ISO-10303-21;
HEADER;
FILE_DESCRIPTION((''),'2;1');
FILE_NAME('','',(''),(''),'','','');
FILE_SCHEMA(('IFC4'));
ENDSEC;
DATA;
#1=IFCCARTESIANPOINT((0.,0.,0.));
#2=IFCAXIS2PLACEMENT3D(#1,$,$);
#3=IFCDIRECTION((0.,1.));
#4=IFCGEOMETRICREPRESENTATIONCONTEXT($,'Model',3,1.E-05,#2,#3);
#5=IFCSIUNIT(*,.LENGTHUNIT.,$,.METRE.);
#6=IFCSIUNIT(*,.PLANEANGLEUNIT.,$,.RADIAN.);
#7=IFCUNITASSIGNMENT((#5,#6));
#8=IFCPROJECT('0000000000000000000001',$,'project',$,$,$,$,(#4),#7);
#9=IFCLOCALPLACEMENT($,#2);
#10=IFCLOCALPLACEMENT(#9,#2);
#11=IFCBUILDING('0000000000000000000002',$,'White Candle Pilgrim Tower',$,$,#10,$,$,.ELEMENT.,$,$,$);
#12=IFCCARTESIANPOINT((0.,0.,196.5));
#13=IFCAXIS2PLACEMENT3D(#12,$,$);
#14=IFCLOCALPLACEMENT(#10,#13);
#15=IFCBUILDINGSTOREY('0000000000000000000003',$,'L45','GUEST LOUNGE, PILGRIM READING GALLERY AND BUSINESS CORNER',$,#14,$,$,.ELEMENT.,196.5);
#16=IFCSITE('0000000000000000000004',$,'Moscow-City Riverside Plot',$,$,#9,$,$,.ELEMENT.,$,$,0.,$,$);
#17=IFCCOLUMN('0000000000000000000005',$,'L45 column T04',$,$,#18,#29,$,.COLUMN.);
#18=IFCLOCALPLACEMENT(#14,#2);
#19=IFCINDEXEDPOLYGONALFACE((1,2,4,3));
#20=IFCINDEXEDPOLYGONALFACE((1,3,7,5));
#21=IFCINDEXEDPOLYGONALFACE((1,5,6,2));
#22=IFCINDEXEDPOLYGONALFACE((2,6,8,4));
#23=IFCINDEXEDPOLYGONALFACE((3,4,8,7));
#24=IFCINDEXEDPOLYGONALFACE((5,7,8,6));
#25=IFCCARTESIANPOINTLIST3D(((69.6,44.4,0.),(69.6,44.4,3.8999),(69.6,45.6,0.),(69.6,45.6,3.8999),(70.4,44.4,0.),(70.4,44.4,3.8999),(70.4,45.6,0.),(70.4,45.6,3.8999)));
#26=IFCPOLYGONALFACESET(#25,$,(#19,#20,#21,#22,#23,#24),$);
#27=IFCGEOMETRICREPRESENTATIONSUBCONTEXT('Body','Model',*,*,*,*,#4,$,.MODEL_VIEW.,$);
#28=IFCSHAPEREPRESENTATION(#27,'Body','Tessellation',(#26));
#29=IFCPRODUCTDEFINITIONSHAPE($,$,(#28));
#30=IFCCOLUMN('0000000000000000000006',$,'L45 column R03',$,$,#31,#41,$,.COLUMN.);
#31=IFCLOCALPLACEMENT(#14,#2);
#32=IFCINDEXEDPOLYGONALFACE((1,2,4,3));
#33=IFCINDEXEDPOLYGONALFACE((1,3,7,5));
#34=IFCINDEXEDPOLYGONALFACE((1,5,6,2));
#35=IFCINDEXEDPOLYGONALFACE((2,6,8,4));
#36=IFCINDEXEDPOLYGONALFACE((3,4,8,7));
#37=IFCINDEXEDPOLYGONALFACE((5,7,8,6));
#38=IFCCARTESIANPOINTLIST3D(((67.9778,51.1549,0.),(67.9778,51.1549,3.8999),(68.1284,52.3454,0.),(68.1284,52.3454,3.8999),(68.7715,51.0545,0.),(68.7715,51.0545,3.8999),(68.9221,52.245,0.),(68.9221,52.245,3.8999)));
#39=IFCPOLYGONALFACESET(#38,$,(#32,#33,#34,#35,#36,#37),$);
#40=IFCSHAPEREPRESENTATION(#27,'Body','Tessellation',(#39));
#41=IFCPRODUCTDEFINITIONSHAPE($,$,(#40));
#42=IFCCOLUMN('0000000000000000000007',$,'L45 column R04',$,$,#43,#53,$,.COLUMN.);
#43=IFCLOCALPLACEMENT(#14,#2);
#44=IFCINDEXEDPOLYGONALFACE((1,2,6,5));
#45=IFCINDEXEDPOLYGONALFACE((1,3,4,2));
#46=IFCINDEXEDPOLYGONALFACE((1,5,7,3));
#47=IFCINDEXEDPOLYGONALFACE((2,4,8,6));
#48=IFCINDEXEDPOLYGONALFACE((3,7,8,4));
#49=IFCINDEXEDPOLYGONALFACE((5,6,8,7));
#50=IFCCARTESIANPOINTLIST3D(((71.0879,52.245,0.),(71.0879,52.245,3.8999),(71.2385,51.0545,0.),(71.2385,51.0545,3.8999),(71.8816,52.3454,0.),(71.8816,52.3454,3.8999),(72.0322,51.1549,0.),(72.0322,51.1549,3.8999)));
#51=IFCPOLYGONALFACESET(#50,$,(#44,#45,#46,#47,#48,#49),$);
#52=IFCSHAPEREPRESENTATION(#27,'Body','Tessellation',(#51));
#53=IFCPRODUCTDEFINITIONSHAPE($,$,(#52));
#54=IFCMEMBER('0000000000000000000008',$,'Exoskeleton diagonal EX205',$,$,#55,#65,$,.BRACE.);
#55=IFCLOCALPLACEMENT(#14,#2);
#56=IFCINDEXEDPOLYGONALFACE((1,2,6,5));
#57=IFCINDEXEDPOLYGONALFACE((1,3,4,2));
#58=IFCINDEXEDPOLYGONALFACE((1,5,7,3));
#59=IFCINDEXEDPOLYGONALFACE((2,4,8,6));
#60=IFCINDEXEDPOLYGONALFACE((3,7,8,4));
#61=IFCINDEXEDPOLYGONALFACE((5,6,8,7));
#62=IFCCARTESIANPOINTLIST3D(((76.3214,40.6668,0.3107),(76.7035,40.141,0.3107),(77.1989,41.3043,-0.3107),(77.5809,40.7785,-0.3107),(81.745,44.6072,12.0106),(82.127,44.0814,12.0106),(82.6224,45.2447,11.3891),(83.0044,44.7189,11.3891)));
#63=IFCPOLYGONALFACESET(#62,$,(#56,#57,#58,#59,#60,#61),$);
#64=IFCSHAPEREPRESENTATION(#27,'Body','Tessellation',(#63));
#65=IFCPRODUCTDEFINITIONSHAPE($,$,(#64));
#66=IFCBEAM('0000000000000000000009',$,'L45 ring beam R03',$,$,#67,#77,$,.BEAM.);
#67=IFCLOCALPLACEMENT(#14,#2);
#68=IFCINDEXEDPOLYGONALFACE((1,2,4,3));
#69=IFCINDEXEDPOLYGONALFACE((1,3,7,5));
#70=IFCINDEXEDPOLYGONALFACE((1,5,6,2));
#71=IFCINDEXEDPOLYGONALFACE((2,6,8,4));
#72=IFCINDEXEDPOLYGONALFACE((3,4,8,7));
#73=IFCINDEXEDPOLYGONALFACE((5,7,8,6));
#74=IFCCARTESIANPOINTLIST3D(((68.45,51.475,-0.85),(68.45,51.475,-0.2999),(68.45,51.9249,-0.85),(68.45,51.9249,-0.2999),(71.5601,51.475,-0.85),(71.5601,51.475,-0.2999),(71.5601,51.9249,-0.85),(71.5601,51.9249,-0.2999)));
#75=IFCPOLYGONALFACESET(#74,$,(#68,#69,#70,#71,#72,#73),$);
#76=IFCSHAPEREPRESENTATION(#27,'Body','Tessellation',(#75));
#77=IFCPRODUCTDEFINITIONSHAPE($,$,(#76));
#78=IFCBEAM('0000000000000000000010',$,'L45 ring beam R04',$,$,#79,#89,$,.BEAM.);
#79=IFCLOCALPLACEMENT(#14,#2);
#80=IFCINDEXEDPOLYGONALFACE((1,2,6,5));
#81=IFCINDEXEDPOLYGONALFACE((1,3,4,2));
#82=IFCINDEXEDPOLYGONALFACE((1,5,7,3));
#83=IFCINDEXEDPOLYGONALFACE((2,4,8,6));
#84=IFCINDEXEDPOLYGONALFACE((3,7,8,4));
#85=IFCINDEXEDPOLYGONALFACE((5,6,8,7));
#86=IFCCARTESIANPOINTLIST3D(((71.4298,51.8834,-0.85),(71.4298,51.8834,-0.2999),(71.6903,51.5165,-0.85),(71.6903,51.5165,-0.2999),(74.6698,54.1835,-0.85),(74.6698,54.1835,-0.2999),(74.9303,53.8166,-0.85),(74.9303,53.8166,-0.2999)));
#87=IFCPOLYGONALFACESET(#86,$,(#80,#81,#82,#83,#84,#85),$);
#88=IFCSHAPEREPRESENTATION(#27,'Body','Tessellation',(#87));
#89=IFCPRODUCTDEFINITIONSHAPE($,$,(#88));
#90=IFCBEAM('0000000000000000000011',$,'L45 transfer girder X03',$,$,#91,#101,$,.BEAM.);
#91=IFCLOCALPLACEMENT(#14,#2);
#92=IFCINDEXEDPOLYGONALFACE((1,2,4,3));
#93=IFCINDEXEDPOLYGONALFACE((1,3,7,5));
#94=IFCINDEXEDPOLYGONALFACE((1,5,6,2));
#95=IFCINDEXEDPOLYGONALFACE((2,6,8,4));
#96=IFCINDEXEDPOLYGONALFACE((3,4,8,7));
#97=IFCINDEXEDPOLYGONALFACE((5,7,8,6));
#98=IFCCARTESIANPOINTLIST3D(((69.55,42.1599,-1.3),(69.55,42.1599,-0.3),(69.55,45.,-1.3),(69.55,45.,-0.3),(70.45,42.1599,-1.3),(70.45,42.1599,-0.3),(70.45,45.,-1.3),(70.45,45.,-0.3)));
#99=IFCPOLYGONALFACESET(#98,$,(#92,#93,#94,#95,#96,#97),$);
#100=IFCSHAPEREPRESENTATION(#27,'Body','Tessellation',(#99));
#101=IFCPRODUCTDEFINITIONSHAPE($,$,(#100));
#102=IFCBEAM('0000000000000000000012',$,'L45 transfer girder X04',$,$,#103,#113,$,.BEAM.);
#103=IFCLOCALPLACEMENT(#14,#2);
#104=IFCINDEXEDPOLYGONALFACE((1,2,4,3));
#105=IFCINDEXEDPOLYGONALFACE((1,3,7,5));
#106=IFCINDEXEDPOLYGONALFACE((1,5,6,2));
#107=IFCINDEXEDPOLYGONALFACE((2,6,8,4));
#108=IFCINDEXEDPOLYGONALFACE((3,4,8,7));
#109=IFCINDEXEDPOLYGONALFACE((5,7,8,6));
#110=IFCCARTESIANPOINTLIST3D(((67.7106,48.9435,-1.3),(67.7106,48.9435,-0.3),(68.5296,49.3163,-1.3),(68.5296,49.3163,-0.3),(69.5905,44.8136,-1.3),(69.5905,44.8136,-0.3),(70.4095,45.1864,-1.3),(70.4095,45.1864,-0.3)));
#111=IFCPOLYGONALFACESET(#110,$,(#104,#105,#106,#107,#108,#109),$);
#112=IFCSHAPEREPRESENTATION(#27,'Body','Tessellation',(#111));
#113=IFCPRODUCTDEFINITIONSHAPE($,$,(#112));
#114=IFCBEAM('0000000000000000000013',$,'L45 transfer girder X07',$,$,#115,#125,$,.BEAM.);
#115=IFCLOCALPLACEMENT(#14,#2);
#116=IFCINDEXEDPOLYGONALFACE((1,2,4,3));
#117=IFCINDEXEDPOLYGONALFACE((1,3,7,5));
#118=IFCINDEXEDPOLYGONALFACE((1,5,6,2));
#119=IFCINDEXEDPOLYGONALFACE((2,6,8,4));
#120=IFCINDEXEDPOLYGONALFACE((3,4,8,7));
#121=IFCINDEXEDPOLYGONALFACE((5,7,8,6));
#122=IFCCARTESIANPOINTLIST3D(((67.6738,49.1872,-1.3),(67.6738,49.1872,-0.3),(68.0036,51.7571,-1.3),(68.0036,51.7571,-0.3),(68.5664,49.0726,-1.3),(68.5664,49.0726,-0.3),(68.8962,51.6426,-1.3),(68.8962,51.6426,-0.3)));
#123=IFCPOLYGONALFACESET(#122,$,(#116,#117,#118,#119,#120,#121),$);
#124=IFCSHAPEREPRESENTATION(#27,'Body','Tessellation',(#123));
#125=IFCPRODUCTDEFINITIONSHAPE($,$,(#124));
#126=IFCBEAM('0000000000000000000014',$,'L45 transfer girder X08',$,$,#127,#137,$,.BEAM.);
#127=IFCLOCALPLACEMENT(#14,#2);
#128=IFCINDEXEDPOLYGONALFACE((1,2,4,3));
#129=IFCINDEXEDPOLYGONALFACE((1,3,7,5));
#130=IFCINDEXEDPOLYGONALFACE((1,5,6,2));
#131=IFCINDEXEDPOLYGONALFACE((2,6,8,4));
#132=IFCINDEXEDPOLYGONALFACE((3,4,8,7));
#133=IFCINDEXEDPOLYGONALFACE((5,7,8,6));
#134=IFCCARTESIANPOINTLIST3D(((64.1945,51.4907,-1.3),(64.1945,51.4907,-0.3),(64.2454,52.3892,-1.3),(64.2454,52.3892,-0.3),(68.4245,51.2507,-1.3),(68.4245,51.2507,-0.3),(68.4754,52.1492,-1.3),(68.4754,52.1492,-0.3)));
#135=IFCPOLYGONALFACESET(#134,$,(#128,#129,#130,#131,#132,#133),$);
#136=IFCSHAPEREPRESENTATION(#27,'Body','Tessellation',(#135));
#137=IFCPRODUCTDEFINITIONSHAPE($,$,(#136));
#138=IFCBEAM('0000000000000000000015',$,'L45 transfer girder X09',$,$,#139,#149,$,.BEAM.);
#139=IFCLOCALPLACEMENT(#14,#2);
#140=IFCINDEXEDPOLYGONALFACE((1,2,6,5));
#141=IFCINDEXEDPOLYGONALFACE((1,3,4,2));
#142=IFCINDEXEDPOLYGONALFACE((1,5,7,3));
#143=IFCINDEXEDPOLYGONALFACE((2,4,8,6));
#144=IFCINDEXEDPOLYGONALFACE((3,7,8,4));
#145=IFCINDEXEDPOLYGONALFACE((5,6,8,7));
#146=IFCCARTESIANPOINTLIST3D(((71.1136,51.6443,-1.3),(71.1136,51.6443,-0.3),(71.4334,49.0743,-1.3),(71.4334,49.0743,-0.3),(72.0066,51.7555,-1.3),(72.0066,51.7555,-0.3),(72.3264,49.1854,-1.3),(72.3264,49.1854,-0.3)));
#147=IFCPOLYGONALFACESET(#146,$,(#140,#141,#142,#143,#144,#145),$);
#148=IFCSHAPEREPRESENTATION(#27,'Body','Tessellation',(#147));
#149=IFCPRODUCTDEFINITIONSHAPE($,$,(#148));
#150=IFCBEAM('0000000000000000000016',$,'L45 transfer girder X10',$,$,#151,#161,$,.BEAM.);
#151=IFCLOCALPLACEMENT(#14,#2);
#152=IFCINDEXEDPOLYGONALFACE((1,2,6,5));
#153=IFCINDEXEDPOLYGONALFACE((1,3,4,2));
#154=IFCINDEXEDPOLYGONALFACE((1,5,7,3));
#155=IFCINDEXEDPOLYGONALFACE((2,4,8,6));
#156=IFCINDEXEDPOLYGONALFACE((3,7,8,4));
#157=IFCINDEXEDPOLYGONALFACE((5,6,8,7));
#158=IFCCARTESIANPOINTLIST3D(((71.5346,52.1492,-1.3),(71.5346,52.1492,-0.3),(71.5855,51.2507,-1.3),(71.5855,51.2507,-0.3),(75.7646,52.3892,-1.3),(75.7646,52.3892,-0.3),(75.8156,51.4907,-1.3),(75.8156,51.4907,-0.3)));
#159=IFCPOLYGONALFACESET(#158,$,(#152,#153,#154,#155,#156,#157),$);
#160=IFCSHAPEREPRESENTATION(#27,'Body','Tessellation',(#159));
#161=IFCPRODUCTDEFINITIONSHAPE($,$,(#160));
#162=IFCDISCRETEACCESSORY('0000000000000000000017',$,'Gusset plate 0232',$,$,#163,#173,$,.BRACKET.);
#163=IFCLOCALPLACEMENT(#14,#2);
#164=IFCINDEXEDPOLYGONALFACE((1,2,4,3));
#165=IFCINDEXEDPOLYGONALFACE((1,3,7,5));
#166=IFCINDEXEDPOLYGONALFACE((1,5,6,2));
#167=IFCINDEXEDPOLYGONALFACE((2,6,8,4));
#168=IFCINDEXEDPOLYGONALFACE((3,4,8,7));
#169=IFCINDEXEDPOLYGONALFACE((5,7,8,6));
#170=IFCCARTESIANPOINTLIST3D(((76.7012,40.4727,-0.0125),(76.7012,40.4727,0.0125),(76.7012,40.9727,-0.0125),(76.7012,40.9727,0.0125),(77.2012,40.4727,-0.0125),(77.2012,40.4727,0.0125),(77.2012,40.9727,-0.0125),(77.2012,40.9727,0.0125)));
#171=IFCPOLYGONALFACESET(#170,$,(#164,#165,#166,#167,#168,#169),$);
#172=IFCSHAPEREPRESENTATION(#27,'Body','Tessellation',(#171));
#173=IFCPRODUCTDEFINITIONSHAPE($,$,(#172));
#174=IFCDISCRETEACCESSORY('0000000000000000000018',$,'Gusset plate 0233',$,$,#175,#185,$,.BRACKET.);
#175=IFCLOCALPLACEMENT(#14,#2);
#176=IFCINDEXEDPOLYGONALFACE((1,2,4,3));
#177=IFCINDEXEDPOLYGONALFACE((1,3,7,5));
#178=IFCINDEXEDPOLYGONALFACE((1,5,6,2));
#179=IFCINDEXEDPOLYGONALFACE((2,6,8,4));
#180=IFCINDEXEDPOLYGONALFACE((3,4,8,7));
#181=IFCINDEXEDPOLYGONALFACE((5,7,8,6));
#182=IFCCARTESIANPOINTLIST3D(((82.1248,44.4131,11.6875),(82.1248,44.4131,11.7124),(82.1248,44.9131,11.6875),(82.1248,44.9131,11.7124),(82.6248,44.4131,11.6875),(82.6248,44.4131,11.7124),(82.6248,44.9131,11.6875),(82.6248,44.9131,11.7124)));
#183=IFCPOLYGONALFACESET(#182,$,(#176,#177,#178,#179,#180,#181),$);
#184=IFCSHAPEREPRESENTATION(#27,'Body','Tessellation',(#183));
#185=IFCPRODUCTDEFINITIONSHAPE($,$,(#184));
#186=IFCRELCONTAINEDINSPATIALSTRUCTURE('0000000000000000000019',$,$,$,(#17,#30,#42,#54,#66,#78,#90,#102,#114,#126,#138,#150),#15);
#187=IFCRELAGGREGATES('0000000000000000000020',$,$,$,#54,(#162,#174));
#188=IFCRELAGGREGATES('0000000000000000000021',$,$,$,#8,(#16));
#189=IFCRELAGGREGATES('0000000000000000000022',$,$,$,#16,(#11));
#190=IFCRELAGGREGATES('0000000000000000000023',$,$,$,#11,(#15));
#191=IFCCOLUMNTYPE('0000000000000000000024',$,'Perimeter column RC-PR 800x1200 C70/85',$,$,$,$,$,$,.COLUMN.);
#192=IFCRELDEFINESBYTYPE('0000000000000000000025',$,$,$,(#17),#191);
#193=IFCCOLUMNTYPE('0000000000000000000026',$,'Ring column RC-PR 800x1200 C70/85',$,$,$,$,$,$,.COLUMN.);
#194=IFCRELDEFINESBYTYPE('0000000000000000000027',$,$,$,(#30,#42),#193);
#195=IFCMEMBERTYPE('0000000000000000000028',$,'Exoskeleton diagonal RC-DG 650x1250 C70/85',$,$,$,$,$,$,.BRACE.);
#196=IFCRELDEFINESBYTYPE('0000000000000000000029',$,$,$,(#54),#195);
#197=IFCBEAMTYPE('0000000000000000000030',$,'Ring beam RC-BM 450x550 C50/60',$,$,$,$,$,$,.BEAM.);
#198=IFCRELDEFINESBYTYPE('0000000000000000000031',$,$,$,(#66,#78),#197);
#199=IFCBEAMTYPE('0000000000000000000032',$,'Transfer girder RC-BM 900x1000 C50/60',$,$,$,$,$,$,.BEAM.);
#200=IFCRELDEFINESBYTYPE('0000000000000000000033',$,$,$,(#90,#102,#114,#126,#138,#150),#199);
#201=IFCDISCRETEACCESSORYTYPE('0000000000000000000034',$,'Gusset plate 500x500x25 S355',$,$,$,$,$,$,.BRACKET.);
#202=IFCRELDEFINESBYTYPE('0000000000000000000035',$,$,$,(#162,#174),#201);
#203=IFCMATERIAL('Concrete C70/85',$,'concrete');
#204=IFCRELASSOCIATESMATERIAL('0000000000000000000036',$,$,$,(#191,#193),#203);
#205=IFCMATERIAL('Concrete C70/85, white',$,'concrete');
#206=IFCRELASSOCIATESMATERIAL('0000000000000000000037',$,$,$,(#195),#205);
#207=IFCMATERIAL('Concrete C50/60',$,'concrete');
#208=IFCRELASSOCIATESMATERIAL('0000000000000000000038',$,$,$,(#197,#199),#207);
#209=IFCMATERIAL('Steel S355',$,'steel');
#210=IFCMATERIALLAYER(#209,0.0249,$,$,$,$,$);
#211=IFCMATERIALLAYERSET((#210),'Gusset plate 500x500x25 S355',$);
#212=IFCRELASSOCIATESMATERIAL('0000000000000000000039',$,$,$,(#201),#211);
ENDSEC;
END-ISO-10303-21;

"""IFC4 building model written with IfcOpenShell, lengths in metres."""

from ifc_helpers import new_model, si_unit, direction, frame, origin, origin_2d, place, context, subcontext, project, spatial, rectangle, extrude, material, layer, layer_set, material_profile, profile_set, type_object, element, aggregate, save


model = new_model("IFC4")

# Units and contexts
model_context = context("Model", 3, precision=1e-05, world=origin(), true_north=direction((0.0, 1.0)))
body_context = subcontext(model_context, "Body", "Model", "MODEL_VIEW")
ifc_project = project(units=[si_unit("LENGTHUNIT", "METRE"), si_unit("PLANEANGLEUNIT", "RADIAN")], contexts=[model_context])

# Site, building, storey
site_placement = place(None, origin())
site = spatial("IfcSite", under=ifc_project, at=site_placement, Name="Moscow-City Riverside Plot", CompositionType="ELEMENT", RefElevation=0.0)
building_placement = place(site_placement, origin())
building = spatial("IfcBuilding", under=site, at=building_placement, Name="White Candle Pilgrim Tower", CompositionType="ELEMENT")
storey_placement = place(building_placement, frame((0.0, 0.0, 196.5)))
storey = spatial("IfcBuildingStorey", under=building, at=storey_placement, Name="L45", Description="GUEST LOUNGE, PILGRIM READING GALLERY AND BUSINESS CORNER", CompositionType="ELEMENT", Elevation=196.5)

# Columns
ifc_material_1 = material(Name="Concrete C70/85", Category="concrete")
ifc_material_profile_1 = material_profile(ifc_material_1, rectangle(XDim=0.8, YDim=1.2, at=origin_2d()), Name="RC-PR 800x1200")
ifc_profile_set_1 = profile_set([ifc_material_profile_1], Name="Concrete C70/85")
column_type_1 = type_object("IfcColumnType", Name="Perimeter column RC-PR 800x1200 C70/85", PredefinedType="COLUMN", material=ifc_profile_set_1)
column_placement = place(storey_placement, frame((70.0, 45.0, 0.0), z_axis=(0.0, 0.0, 1.0), x_axis=(-1.0, 0.0, 0.0)))
element("IfcColumn", 1, at=column_placement, inside=storey, type_object=column_type_1, Name="L45 column T04", PredefinedType="COLUMN", context=body_context, shape_type="SweptSolid", body=[
    extrude(rectangle(XDim=0.8, YDim=1.2, at=origin_2d()), origin(), (0.0, 0.0, 1.0), 3.8999),
])
ifc_material_profile_2 = material_profile(ifc_material_1, rectangle(XDim=0.8, YDim=1.2, at=origin_2d()), Name="RC-PR 800x1200")
ifc_profile_set_2 = profile_set([ifc_material_profile_2], Name="Concrete C70/85")
column_type_2 = type_object("IfcColumnType", Name="Ring column RC-PR 800x1200 C70/85", PredefinedType="COLUMN", material=ifc_profile_set_2)
for number, where, z_axis, x_axis, name in (
    (2, (68.45, 51.7, 0.0), (0.0, 0.0, 1.0), (-0.992093, 0.125506, 0.0), "L45 column R03"),
    (3, (71.5601, 51.7, 0.0), (0.0, 0.0, 1.0), (-0.992093, -0.125506, 0.0), "L45 column R04"),
):
    element("IfcColumn", number, at=place(storey_placement, frame(where, z_axis=z_axis, x_axis=x_axis)), inside=storey, type_object=column_type_2, Name=name, PredefinedType="COLUMN", context=body_context, shape_type="SweptSolid", body=[
        extrude(rectangle(XDim=0.8, YDim=1.2, at=origin_2d()), origin(), (0.0, 0.0, 1.0), 3.8999),
    ])

# Member
ifc_material_2 = material(Name="Concrete C70/85, white", Category="concrete")
ifc_material_profile_3 = material_profile(ifc_material_2, rectangle(XDim=0.6499, YDim=1.25, at=origin_2d()), Name="RC-DG 650x1250")
ifc_profile_set_3 = profile_set([ifc_material_profile_3], Name="Concrete C70/85, white")
member_type = type_object("IfcMemberType", Name="Exoskeleton diagonal RC-DG 650x1250 C70/85", PredefinedType="BRACE", material=ifc_profile_set_3)
member_placement = place(storey_placement, frame((76.9512, 40.7227, 0.0), z_axis=(0.402209, 0.29222, 0.867661), x_axis=(-0.587782, 0.809019, 0.0)))
member = element("IfcMember", 4, at=member_placement, inside=storey, type_object=member_type, Name="Exoskeleton diagonal EX205", PredefinedType="BRACE", context=body_context, shape_type="SweptSolid", body=[
    extrude(rectangle(XDim=0.6499, YDim=1.25, at=origin_2d()), origin(), (0.0, 0.0, 1.0), 13.4844),
])

# Beams
ifc_material_3 = material(Name="Concrete C50/60", Category="concrete")
ifc_material_profile_4 = material_profile(ifc_material_3, rectangle(XDim=0.45, YDim=0.55, at=origin_2d()), Name="RC-BM 450x550")
ifc_profile_set_4 = profile_set([ifc_material_profile_4], Name="Concrete C50/60")
beam_type_1 = type_object("IfcBeamType", Name="Ring beam RC-BM 450x550 C50/60", PredefinedType="BEAM", material=ifc_profile_set_4)
beam_1_placement = place(storey_placement, frame((68.45, 51.7, -0.575), z_axis=(1.0, 0.0, 0.0), x_axis=(0.0, 1.0, 0.0)))
element("IfcBeam", 5, at=beam_1_placement, inside=storey, type_object=beam_type_1, Name="L45 ring beam R03", PredefinedType="BEAM", context=body_context, shape_type="SweptSolid", body=[
    extrude(rectangle(XDim=0.45, YDim=0.55, at=origin_2d()), origin(), (0.0, 0.0, 1.0), 3.1101),
])
beam_2_placement = place(storey_placement, frame((71.5601, 51.7, -0.575), z_axis=(0.815424, 0.578864, 0.0), x_axis=(-0.578864, 0.815424, 0.0)))
element("IfcBeam", 6, at=beam_2_placement, inside=storey, type_object=beam_type_1, Name="L45 ring beam R04", PredefinedType="BEAM", context=body_context, shape_type="SweptSolid", body=[
    extrude(rectangle(XDim=0.45, YDim=0.55, at=origin_2d()), origin(), (0.0, 0.0, 1.0), 3.9734),
])
ifc_material_profile_5 = material_profile(ifc_material_3, rectangle(XDim=0.8999, YDim=1.0, at=origin_2d()), Name="RC-BM 900x1000")
ifc_profile_set_5 = profile_set([ifc_material_profile_5], Name="Concrete C50/60")
beam_type_2 = type_object("IfcBeamType", Name="Transfer girder RC-BM 900x1000 C50/60", PredefinedType="BEAM", material=ifc_profile_set_5)
beam_3_placement = place(storey_placement, frame((70.0, 42.1599, -0.8), z_axis=(0.0, 1.0, 0.0), x_axis=(-1.0, 0.0, 0.0)))
element("IfcBeam", 7, at=beam_3_placement, inside=storey, type_object=beam_type_2, Name="L45 transfer girder X03", PredefinedType="BEAM", context=body_context, shape_type="SweptSolid", body=[
    extrude(rectangle(XDim=0.8999, YDim=1.0, at=origin_2d()), origin(), (0.0, 0.0, 1.0), 2.8401),
])
beam_4_placement = place(storey_placement, frame((70.0, 45.0, -0.8), z_axis=(-0.414289, 0.910145, 0.0), x_axis=(-0.910145, -0.414289, 0.0)))
element("IfcBeam", 8, at=beam_4_placement, inside=storey, type_object=beam_type_2, Name="L45 transfer girder X04", PredefinedType="BEAM", context=body_context, shape_type="SweptSolid", body=[
    extrude(rectangle(XDim=0.8999, YDim=1.0, at=origin_2d()), origin(), (0.0, 0.0, 1.0), 4.5376),
])
beam_5_placement = place(storey_placement, frame((68.1201, 49.1299, -0.8), z_axis=(0.127293, 0.991865, 0.0), x_axis=(-0.991865, 0.127293, 0.0)))
element("IfcBeam", 9, at=beam_5_placement, inside=storey, type_object=beam_type_2, Name="L45 transfer girder X07", PredefinedType="BEAM", context=body_context, shape_type="SweptSolid", body=[
    extrude(rectangle(XDim=0.8999, YDim=1.0, at=origin_2d()), origin(), (0.0, 0.0, 1.0), 2.5911),
])
beam_6_placement = place(storey_placement, frame((68.45, 51.7, -0.8), z_axis=(-0.998394, 0.056644, 0.0), x_axis=(-0.056644, -0.998394, 0.0)))
element("IfcBeam", 10, at=beam_6_placement, inside=storey, type_object=beam_type_2, Name="L45 transfer girder X08", PredefinedType="BEAM", context=body_context, shape_type="SweptSolid", body=[
    extrude(rectangle(XDim=0.8999, YDim=1.0, at=origin_2d()), origin(), (0.0, 0.0, 1.0), 4.2368),
])
beam_7_placement = place(storey_placement, frame((71.8799, 49.1299, -0.8), z_axis=(-0.123489, 0.992346, 0.0), x_axis=(-0.992346, -0.123489, 0.0)))
element("IfcBeam", 11, at=beam_7_placement, inside=storey, type_object=beam_type_2, Name="L45 transfer girder X09", PredefinedType="BEAM", context=body_context, shape_type="SweptSolid", body=[
    extrude(rectangle(XDim=0.8999, YDim=1.0, at=origin_2d()), origin(), (0.0, 0.0, 1.0), 2.5898),
])
beam_8_placement = place(storey_placement, frame((71.5601, 51.7, -0.8), z_axis=(0.998394, 0.056644, 0.0), x_axis=(-0.056644, 0.998394, 0.0)))
element("IfcBeam", 12, at=beam_8_placement, inside=storey, type_object=beam_type_2, Name="L45 transfer girder X10", PredefinedType="BEAM", context=body_context, shape_type="SweptSolid", body=[
    extrude(rectangle(XDim=0.8999, YDim=1.0, at=origin_2d()), origin(), (0.0, 0.0, 1.0), 4.2368),
])

# Discrete accessories
ifc_material_4 = material(Name="Steel S355", Category="steel")
ifc_layer_1 = layer(ifc_material_4, 0.0249)
ifc_layer_set_1 = layer_set([ifc_layer_1], Name="Gusset plate 500x500x25 S355")
discrete_accessory_type = type_object("IfcDiscreteAccessoryType", Name="Gusset plate 500x500x25 S355", PredefinedType="BRACKET", material=ifc_layer_set_1)
discrete_accessory_1_placement = place(storey_placement, frame((76.9512, 40.7227, -0.0125), z_axis=(0.0, 0.0, 1.0), x_axis=(1.0, 0.0, 0.0)))
discrete_accessory_1 = element("IfcDiscreteAccessory", 13, at=discrete_accessory_1_placement, type_object=discrete_accessory_type, Name="Gusset plate 0232", PredefinedType="BRACKET", context=body_context, shape_type="SweptSolid", body=[
    extrude(rectangle(XDim=0.5, YDim=0.5, at=origin_2d()), origin(), (0.0, 0.0, 1.0), 0.0249),
])
placement = place(building_placement, frame((0.0, 0.0, 208.2)))
discrete_accessory_2_placement = place(placement, frame((82.3748, 44.6631, -0.0125), z_axis=(0.0, 0.0, 1.0), x_axis=(1.0, 0.0, 0.0)))
discrete_accessory_2 = element("IfcDiscreteAccessory", 14, at=discrete_accessory_2_placement, type_object=discrete_accessory_type, Name="Gusset plate 0233", PredefinedType="BRACKET", context=body_context, shape_type="SweptSolid", body=[
    extrude(rectangle(XDim=0.5, YDim=0.5, at=origin_2d()), origin(), (0.0, 0.0, 1.0), 0.0249),
])
aggregate(member, [discrete_accessory_1, discrete_accessory_2])

save(model, "model.ifc")
